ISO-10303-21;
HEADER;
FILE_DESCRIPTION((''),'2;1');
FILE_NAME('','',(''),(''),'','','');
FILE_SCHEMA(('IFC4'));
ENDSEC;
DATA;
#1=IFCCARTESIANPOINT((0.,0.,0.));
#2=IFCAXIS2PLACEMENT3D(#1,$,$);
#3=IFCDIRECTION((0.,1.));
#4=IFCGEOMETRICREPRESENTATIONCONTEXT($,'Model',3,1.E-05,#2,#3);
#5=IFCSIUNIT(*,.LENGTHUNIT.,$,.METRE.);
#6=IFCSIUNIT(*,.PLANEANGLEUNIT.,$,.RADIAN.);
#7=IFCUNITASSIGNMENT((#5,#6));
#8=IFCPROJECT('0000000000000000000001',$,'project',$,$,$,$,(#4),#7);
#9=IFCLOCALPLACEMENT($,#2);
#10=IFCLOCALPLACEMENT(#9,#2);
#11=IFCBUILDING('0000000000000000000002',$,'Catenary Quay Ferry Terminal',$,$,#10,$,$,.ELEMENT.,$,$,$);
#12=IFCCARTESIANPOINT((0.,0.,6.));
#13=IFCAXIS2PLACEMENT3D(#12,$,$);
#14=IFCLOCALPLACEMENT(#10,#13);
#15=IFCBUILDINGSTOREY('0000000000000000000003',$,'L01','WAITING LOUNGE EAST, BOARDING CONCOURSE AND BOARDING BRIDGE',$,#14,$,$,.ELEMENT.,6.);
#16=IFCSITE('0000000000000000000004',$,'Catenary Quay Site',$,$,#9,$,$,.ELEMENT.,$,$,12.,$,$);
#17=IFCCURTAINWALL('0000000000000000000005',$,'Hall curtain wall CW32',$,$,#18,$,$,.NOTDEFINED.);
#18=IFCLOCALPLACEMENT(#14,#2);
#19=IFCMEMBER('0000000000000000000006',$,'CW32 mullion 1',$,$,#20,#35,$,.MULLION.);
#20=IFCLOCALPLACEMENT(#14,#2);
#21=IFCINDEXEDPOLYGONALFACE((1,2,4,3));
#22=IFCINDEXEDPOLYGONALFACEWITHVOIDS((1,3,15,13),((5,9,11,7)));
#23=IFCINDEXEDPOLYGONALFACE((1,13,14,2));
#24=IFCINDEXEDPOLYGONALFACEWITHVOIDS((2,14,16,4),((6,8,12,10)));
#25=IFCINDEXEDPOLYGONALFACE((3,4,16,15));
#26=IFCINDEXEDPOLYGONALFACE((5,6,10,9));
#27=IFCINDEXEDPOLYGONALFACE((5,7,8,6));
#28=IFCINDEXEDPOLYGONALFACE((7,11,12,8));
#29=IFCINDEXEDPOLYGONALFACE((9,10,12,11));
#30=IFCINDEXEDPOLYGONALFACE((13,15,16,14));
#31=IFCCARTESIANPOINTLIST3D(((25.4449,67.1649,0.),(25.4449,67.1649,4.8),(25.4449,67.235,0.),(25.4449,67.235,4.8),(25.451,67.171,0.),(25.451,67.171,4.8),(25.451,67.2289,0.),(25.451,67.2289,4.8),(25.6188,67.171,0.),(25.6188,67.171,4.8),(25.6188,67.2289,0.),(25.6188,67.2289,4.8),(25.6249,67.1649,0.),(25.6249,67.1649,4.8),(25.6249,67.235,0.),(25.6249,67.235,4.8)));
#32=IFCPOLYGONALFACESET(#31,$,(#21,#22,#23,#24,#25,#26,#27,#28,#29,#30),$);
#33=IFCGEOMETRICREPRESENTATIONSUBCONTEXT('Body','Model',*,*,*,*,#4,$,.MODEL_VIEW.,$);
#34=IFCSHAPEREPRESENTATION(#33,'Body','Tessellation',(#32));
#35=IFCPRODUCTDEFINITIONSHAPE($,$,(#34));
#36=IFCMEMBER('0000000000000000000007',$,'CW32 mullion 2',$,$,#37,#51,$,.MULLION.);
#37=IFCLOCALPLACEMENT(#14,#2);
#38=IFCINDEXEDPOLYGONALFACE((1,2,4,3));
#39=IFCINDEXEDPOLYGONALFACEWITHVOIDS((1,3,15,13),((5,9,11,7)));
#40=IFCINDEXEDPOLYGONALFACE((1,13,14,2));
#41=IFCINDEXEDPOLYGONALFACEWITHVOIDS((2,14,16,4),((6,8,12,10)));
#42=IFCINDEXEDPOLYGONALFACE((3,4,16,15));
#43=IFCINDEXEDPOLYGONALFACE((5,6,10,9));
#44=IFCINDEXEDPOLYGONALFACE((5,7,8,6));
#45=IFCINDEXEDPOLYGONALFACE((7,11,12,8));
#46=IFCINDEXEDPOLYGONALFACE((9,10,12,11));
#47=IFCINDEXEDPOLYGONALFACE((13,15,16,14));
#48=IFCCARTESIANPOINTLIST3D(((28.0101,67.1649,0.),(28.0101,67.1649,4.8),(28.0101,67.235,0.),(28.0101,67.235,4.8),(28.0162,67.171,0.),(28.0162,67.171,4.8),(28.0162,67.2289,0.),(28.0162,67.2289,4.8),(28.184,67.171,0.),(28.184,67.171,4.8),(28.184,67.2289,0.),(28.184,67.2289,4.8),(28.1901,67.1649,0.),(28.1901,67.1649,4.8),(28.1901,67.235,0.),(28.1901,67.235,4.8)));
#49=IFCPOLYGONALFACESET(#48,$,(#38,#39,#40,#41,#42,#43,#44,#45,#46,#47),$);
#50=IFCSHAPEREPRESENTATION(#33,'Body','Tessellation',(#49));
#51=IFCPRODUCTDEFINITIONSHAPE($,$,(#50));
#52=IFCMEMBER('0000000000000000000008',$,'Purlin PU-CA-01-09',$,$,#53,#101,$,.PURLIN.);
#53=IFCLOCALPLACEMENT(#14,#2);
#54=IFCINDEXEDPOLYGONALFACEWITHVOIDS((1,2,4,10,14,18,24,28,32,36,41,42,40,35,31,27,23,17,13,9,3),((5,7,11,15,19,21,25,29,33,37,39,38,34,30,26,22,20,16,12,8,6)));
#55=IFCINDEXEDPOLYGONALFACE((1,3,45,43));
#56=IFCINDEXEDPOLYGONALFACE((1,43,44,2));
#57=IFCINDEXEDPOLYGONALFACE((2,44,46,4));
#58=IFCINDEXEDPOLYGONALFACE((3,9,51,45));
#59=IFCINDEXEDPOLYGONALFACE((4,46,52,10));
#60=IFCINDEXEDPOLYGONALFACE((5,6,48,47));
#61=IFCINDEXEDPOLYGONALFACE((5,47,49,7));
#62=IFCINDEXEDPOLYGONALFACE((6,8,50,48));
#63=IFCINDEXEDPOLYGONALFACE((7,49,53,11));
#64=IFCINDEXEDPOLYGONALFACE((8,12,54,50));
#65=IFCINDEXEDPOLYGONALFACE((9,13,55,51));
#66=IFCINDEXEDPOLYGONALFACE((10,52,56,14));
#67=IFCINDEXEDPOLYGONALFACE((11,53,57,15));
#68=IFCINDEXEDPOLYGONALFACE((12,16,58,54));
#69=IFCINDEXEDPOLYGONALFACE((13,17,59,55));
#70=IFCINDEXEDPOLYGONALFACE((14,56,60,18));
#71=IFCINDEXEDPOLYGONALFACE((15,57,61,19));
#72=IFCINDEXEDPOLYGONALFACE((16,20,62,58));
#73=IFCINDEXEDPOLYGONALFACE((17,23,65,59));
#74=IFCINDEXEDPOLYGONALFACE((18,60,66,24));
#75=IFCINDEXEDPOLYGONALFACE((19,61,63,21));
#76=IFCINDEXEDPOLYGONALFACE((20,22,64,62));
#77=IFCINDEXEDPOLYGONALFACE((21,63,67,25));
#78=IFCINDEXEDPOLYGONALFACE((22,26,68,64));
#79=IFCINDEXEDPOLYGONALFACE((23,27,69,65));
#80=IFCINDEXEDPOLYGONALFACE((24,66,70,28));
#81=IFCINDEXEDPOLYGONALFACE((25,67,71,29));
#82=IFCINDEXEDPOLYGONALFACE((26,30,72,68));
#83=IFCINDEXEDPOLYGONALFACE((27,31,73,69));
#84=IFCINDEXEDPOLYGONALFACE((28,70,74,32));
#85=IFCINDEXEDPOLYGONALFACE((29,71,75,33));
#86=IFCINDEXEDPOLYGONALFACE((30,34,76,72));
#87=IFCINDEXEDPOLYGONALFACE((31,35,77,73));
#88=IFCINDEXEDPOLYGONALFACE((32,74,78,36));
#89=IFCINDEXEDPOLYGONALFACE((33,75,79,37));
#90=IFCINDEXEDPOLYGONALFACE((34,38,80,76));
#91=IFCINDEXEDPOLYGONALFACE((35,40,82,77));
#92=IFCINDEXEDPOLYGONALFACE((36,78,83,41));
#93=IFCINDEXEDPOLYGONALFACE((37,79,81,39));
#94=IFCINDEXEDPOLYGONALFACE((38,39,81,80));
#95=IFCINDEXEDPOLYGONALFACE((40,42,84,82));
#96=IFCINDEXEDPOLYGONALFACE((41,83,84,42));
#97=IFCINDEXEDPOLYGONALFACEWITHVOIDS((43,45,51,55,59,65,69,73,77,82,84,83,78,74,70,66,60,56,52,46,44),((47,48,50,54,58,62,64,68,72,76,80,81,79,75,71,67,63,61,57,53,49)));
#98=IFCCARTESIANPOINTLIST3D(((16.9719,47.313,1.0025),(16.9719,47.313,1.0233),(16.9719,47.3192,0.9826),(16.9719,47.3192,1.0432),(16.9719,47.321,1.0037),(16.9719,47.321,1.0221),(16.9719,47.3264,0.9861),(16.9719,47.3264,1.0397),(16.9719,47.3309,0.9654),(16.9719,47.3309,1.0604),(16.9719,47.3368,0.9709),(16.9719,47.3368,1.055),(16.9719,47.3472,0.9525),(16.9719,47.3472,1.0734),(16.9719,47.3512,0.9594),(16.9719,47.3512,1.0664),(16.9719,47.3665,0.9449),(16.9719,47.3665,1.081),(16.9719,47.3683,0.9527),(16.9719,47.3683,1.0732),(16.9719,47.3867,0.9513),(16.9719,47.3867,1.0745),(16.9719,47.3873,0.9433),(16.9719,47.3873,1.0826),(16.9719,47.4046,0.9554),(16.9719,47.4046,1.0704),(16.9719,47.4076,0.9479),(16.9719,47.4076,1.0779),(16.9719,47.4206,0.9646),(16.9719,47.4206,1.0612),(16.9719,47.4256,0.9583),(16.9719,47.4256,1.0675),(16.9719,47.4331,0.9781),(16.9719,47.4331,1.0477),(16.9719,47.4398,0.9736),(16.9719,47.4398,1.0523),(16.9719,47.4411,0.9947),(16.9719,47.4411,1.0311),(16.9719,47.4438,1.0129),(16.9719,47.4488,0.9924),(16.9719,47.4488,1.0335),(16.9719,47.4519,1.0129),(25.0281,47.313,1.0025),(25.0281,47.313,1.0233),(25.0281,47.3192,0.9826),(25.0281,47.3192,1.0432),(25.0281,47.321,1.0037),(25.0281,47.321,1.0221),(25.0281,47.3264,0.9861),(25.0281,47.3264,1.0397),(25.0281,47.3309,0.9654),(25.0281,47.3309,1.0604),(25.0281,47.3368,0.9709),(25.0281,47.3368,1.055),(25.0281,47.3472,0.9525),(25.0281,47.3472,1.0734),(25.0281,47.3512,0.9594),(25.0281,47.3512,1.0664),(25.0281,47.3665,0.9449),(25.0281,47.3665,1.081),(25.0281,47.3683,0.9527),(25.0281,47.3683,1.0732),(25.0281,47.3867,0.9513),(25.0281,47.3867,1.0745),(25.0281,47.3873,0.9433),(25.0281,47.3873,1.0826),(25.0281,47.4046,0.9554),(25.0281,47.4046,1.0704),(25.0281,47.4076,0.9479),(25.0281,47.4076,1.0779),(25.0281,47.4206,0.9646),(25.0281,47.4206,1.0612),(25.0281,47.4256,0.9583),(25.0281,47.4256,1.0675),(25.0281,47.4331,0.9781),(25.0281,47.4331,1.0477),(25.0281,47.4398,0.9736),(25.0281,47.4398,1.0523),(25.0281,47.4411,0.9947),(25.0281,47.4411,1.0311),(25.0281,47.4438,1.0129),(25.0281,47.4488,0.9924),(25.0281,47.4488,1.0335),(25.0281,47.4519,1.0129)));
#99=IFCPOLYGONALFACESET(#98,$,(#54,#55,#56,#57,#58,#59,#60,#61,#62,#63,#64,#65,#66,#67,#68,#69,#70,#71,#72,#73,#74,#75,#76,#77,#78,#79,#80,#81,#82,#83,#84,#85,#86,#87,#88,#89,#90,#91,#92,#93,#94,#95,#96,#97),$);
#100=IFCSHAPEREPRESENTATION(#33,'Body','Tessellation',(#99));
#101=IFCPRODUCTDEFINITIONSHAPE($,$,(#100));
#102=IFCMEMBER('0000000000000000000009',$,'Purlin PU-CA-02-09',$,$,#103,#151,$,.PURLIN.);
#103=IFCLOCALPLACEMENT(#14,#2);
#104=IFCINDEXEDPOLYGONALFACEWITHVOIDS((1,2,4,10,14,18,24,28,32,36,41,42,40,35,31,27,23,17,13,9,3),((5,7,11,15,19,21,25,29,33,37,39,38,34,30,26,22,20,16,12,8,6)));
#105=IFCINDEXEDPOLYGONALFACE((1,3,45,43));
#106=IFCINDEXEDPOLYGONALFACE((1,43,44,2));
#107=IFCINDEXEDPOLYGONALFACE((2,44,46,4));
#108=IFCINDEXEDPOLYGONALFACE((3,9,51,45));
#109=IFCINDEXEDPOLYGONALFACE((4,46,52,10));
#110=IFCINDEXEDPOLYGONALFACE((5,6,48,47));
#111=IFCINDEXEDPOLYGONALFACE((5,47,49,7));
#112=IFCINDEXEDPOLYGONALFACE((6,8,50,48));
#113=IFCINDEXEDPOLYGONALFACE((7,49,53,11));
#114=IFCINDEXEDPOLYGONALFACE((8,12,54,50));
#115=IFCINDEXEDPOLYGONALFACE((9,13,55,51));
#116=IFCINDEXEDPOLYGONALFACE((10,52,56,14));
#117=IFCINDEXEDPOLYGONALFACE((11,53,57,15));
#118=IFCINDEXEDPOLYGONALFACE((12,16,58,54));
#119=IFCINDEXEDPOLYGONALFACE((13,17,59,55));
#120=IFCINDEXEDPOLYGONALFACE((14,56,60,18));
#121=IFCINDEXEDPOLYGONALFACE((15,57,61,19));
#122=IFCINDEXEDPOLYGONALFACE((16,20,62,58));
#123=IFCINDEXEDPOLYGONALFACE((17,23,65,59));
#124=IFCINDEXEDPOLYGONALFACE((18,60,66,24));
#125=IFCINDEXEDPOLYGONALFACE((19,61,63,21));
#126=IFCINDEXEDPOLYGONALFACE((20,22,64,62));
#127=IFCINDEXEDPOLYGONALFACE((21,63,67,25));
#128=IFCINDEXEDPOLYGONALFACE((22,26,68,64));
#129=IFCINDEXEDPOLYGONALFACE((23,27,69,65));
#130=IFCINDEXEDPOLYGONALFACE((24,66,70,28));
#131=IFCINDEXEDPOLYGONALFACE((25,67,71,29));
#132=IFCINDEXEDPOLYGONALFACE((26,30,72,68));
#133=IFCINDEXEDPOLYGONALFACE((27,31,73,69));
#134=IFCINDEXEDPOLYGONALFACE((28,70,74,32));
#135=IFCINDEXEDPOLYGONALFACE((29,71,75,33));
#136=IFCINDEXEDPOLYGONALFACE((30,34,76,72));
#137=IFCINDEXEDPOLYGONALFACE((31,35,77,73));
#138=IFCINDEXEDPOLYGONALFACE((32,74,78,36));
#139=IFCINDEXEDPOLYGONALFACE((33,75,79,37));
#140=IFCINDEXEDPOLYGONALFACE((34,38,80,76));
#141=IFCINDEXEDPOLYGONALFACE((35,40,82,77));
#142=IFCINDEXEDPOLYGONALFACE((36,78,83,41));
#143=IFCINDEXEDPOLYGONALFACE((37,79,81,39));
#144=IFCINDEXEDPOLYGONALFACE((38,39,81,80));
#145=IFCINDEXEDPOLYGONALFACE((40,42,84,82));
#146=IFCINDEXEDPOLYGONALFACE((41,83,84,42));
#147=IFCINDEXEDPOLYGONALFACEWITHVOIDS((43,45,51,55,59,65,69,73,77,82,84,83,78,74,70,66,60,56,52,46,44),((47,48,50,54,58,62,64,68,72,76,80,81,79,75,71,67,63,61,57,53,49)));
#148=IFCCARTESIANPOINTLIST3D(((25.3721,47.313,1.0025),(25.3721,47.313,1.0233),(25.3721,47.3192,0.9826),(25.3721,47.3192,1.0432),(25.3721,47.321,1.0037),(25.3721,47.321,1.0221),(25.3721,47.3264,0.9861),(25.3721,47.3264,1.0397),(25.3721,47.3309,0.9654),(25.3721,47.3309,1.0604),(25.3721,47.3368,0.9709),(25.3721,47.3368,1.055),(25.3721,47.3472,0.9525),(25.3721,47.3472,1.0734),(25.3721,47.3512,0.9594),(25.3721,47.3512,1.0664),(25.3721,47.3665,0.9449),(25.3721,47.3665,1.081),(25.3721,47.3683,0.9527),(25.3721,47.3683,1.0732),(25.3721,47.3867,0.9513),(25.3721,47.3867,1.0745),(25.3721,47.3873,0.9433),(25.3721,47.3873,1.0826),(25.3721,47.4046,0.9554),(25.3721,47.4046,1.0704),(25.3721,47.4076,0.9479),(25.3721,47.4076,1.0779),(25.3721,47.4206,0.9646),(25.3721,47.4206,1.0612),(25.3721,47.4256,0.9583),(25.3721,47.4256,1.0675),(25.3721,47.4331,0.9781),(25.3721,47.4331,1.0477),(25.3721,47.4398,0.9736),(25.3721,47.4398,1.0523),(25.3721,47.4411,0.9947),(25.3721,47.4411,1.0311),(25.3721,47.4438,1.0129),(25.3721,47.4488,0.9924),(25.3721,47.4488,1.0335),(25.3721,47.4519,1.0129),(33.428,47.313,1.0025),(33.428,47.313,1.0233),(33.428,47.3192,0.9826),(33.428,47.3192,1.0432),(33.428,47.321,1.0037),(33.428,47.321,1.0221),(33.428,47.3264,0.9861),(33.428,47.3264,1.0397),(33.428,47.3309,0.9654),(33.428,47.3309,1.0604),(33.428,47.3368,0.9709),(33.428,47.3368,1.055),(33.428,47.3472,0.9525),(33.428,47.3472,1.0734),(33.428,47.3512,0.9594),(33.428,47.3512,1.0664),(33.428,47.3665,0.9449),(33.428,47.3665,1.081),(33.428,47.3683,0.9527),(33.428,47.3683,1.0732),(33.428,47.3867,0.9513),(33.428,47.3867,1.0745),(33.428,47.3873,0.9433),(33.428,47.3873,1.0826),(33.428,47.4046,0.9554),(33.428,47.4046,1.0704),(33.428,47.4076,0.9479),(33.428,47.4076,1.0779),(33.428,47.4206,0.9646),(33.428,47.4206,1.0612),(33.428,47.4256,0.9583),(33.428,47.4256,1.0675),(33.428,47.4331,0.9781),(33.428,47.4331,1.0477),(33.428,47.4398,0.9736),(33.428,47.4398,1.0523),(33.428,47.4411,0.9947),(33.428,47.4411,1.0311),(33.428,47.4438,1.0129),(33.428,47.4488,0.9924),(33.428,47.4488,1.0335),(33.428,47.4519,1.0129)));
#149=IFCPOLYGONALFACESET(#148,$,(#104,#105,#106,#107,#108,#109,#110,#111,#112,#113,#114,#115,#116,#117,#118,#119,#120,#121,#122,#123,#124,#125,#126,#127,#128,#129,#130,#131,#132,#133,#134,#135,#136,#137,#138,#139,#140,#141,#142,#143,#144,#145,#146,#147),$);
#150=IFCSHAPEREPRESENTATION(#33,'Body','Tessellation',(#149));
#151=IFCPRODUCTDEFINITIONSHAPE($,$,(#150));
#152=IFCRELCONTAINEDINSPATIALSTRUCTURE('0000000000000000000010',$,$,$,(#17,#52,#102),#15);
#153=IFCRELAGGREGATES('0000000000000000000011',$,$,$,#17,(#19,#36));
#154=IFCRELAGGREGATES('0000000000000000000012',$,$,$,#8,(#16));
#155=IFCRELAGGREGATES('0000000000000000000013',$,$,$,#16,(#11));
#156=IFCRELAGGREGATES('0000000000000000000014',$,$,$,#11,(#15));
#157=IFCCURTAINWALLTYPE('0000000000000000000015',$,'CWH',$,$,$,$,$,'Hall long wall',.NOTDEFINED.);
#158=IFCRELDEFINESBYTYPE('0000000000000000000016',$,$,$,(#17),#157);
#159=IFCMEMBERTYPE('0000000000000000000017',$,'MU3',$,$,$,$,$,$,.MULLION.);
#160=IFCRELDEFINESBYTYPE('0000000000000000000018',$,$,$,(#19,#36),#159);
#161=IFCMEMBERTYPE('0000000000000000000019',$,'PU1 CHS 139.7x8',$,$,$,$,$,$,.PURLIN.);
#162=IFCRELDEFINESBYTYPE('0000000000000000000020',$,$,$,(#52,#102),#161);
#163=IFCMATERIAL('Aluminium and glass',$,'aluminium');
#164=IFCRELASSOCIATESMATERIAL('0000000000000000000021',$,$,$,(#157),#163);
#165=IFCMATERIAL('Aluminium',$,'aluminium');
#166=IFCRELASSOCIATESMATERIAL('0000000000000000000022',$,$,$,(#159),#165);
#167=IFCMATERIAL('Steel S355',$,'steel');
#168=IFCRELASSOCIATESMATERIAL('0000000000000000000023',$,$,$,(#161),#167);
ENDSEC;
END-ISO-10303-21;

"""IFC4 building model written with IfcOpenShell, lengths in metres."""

from ifc_helpers import new_model, si_unit, direction, frame, origin, origin_2d, place, context, subcontext, project, spatial, hollow_rectangle, hollow_circle, extrude, material, material_profile, profile_set, type_object, element, aggregate, save


model = new_model("IFC4")

# Units and contexts
model_context = context("Model", 3, precision=1e-05, world=origin(), true_north=direction((0.0, 1.0)))
body_context = subcontext(model_context, "Body", "Model", "MODEL_VIEW")
ifc_project = project(units=[si_unit("LENGTHUNIT", "METRE"), si_unit("PLANEANGLEUNIT", "RADIAN")], contexts=[model_context])

# Site, building, storey
site_placement = place(None, origin())
site = spatial("IfcSite", under=ifc_project, at=site_placement, Name="Catenary Quay Site", CompositionType="ELEMENT", RefElevation=12.0)
building_placement = place(site_placement, origin())
building = spatial("IfcBuilding", under=site, at=building_placement, Name="Catenary Quay Ferry Terminal", CompositionType="ELEMENT")
storey_placement = place(building_placement, frame((0.0, 0.0, 6.0)))
storey = spatial("IfcBuildingStorey", under=building, at=storey_placement, Name="L01", Description="WAITING LOUNGE EAST, BOARDING CONCOURSE AND BOARDING BRIDGE", CompositionType="ELEMENT", Elevation=6.0)

# Curtain wall, members
ifc_material_1 = material(Name="Aluminium and glass", Category="aluminium")
curtain_wall_type = type_object("IfcCurtainWallType", Name="CWH", ElementType="Hall long wall", PredefinedType="NOTDEFINED", material=ifc_material_1)
curtain_wall_placement = place(storey_placement, origin())
curtain_wall = element("IfcCurtainWall", 1, at=curtain_wall_placement, inside=storey, type_object=curtain_wall_type, Name="Hall curtain wall CW32", PredefinedType="NOTDEFINED")
ifc_material_2 = material(Name="Aluminium", Category="aluminium")
ifc_material_profile_1 = material_profile(ifc_material_2, hollow_rectangle(XDim=0.0701, YDim=0.1799, WallThickness=0.0061, at=origin_2d()), Name="MU3")
ifc_profile_set_1 = profile_set([ifc_material_profile_1], Name="Aluminium")
member_type_1 = type_object("IfcMemberType", Name="MU3", PredefinedType="MULLION", material=ifc_profile_set_1)
member_1_placement = place(storey_placement, frame((25.5349, 67.2, 0.0), z_axis=(0.0, 0.0, 1.0), x_axis=(0.0, 1.0, 0.0)))
member_1 = element("IfcMember", 2, at=member_1_placement, type_object=member_type_1, Name="CW32 mullion 1", PredefinedType="MULLION", context=body_context, shape_type="SweptSolid", body=[
    extrude(hollow_rectangle(XDim=0.0701, YDim=0.1799, WallThickness=0.0061, at=origin_2d()), origin(), (0.0, 0.0, 1.0), 4.8),
])
member_2_placement = place(storey_placement, frame((28.1001, 67.2, 0.0), z_axis=(0.0, 0.0, 1.0), x_axis=(0.0, 1.0, 0.0)))
member_2 = element("IfcMember", 3, at=member_2_placement, type_object=member_type_1, Name="CW32 mullion 2", PredefinedType="MULLION", context=body_context, shape_type="SweptSolid", body=[
    extrude(hollow_rectangle(XDim=0.0701, YDim=0.1799, WallThickness=0.0061, at=origin_2d()), origin(), (0.0, 0.0, 1.0), 4.8),
])

# Members
ifc_material_3 = material(Name="Steel S355", Category="steel")
ifc_material_profile_2 = material_profile(ifc_material_3, hollow_circle(Radius=0.0698, WallThickness=0.0081, at=origin_2d()), Name="CHS 139.7x8")
ifc_profile_set_2 = profile_set([ifc_material_profile_2], Name="Steel S355")
member_type_2 = type_object("IfcMemberType", Name="PU1 CHS 139.7x8", PredefinedType="PURLIN", material=ifc_profile_set_2)
member_3_placement = place(storey_placement, frame((16.9719, 47.3821, 1.0129), z_axis=(1.0, 0.0, 0.0), x_axis=(0.0, 1.0, 0.0)))
element("IfcMember", 4, at=member_3_placement, inside=storey, type_object=member_type_2, Name="Purlin PU-CA-01-09", PredefinedType="PURLIN", context=body_context, shape_type="SweptSolid", body=[
    extrude(hollow_circle(Radius=0.0698, WallThickness=0.0081, at=origin_2d()), origin(), (0.0, 0.0, 1.0), 8.0562),
])
member_4_placement = place(storey_placement, frame((25.3721, 47.3821, 1.0129), z_axis=(1.0, 0.0, 0.0), x_axis=(0.0, 1.0, 0.0)))
element("IfcMember", 5, at=member_4_placement, inside=storey, type_object=member_type_2, Name="Purlin PU-CA-02-09", PredefinedType="PURLIN", context=body_context, shape_type="SweptSolid", body=[
    extrude(hollow_circle(Radius=0.0698, WallThickness=0.0081, at=origin_2d()), origin(), (0.0, 0.0, 1.0), 8.0559),
])

aggregate(curtain_wall, [member_1, member_2])

save(model, "model.ifc")
